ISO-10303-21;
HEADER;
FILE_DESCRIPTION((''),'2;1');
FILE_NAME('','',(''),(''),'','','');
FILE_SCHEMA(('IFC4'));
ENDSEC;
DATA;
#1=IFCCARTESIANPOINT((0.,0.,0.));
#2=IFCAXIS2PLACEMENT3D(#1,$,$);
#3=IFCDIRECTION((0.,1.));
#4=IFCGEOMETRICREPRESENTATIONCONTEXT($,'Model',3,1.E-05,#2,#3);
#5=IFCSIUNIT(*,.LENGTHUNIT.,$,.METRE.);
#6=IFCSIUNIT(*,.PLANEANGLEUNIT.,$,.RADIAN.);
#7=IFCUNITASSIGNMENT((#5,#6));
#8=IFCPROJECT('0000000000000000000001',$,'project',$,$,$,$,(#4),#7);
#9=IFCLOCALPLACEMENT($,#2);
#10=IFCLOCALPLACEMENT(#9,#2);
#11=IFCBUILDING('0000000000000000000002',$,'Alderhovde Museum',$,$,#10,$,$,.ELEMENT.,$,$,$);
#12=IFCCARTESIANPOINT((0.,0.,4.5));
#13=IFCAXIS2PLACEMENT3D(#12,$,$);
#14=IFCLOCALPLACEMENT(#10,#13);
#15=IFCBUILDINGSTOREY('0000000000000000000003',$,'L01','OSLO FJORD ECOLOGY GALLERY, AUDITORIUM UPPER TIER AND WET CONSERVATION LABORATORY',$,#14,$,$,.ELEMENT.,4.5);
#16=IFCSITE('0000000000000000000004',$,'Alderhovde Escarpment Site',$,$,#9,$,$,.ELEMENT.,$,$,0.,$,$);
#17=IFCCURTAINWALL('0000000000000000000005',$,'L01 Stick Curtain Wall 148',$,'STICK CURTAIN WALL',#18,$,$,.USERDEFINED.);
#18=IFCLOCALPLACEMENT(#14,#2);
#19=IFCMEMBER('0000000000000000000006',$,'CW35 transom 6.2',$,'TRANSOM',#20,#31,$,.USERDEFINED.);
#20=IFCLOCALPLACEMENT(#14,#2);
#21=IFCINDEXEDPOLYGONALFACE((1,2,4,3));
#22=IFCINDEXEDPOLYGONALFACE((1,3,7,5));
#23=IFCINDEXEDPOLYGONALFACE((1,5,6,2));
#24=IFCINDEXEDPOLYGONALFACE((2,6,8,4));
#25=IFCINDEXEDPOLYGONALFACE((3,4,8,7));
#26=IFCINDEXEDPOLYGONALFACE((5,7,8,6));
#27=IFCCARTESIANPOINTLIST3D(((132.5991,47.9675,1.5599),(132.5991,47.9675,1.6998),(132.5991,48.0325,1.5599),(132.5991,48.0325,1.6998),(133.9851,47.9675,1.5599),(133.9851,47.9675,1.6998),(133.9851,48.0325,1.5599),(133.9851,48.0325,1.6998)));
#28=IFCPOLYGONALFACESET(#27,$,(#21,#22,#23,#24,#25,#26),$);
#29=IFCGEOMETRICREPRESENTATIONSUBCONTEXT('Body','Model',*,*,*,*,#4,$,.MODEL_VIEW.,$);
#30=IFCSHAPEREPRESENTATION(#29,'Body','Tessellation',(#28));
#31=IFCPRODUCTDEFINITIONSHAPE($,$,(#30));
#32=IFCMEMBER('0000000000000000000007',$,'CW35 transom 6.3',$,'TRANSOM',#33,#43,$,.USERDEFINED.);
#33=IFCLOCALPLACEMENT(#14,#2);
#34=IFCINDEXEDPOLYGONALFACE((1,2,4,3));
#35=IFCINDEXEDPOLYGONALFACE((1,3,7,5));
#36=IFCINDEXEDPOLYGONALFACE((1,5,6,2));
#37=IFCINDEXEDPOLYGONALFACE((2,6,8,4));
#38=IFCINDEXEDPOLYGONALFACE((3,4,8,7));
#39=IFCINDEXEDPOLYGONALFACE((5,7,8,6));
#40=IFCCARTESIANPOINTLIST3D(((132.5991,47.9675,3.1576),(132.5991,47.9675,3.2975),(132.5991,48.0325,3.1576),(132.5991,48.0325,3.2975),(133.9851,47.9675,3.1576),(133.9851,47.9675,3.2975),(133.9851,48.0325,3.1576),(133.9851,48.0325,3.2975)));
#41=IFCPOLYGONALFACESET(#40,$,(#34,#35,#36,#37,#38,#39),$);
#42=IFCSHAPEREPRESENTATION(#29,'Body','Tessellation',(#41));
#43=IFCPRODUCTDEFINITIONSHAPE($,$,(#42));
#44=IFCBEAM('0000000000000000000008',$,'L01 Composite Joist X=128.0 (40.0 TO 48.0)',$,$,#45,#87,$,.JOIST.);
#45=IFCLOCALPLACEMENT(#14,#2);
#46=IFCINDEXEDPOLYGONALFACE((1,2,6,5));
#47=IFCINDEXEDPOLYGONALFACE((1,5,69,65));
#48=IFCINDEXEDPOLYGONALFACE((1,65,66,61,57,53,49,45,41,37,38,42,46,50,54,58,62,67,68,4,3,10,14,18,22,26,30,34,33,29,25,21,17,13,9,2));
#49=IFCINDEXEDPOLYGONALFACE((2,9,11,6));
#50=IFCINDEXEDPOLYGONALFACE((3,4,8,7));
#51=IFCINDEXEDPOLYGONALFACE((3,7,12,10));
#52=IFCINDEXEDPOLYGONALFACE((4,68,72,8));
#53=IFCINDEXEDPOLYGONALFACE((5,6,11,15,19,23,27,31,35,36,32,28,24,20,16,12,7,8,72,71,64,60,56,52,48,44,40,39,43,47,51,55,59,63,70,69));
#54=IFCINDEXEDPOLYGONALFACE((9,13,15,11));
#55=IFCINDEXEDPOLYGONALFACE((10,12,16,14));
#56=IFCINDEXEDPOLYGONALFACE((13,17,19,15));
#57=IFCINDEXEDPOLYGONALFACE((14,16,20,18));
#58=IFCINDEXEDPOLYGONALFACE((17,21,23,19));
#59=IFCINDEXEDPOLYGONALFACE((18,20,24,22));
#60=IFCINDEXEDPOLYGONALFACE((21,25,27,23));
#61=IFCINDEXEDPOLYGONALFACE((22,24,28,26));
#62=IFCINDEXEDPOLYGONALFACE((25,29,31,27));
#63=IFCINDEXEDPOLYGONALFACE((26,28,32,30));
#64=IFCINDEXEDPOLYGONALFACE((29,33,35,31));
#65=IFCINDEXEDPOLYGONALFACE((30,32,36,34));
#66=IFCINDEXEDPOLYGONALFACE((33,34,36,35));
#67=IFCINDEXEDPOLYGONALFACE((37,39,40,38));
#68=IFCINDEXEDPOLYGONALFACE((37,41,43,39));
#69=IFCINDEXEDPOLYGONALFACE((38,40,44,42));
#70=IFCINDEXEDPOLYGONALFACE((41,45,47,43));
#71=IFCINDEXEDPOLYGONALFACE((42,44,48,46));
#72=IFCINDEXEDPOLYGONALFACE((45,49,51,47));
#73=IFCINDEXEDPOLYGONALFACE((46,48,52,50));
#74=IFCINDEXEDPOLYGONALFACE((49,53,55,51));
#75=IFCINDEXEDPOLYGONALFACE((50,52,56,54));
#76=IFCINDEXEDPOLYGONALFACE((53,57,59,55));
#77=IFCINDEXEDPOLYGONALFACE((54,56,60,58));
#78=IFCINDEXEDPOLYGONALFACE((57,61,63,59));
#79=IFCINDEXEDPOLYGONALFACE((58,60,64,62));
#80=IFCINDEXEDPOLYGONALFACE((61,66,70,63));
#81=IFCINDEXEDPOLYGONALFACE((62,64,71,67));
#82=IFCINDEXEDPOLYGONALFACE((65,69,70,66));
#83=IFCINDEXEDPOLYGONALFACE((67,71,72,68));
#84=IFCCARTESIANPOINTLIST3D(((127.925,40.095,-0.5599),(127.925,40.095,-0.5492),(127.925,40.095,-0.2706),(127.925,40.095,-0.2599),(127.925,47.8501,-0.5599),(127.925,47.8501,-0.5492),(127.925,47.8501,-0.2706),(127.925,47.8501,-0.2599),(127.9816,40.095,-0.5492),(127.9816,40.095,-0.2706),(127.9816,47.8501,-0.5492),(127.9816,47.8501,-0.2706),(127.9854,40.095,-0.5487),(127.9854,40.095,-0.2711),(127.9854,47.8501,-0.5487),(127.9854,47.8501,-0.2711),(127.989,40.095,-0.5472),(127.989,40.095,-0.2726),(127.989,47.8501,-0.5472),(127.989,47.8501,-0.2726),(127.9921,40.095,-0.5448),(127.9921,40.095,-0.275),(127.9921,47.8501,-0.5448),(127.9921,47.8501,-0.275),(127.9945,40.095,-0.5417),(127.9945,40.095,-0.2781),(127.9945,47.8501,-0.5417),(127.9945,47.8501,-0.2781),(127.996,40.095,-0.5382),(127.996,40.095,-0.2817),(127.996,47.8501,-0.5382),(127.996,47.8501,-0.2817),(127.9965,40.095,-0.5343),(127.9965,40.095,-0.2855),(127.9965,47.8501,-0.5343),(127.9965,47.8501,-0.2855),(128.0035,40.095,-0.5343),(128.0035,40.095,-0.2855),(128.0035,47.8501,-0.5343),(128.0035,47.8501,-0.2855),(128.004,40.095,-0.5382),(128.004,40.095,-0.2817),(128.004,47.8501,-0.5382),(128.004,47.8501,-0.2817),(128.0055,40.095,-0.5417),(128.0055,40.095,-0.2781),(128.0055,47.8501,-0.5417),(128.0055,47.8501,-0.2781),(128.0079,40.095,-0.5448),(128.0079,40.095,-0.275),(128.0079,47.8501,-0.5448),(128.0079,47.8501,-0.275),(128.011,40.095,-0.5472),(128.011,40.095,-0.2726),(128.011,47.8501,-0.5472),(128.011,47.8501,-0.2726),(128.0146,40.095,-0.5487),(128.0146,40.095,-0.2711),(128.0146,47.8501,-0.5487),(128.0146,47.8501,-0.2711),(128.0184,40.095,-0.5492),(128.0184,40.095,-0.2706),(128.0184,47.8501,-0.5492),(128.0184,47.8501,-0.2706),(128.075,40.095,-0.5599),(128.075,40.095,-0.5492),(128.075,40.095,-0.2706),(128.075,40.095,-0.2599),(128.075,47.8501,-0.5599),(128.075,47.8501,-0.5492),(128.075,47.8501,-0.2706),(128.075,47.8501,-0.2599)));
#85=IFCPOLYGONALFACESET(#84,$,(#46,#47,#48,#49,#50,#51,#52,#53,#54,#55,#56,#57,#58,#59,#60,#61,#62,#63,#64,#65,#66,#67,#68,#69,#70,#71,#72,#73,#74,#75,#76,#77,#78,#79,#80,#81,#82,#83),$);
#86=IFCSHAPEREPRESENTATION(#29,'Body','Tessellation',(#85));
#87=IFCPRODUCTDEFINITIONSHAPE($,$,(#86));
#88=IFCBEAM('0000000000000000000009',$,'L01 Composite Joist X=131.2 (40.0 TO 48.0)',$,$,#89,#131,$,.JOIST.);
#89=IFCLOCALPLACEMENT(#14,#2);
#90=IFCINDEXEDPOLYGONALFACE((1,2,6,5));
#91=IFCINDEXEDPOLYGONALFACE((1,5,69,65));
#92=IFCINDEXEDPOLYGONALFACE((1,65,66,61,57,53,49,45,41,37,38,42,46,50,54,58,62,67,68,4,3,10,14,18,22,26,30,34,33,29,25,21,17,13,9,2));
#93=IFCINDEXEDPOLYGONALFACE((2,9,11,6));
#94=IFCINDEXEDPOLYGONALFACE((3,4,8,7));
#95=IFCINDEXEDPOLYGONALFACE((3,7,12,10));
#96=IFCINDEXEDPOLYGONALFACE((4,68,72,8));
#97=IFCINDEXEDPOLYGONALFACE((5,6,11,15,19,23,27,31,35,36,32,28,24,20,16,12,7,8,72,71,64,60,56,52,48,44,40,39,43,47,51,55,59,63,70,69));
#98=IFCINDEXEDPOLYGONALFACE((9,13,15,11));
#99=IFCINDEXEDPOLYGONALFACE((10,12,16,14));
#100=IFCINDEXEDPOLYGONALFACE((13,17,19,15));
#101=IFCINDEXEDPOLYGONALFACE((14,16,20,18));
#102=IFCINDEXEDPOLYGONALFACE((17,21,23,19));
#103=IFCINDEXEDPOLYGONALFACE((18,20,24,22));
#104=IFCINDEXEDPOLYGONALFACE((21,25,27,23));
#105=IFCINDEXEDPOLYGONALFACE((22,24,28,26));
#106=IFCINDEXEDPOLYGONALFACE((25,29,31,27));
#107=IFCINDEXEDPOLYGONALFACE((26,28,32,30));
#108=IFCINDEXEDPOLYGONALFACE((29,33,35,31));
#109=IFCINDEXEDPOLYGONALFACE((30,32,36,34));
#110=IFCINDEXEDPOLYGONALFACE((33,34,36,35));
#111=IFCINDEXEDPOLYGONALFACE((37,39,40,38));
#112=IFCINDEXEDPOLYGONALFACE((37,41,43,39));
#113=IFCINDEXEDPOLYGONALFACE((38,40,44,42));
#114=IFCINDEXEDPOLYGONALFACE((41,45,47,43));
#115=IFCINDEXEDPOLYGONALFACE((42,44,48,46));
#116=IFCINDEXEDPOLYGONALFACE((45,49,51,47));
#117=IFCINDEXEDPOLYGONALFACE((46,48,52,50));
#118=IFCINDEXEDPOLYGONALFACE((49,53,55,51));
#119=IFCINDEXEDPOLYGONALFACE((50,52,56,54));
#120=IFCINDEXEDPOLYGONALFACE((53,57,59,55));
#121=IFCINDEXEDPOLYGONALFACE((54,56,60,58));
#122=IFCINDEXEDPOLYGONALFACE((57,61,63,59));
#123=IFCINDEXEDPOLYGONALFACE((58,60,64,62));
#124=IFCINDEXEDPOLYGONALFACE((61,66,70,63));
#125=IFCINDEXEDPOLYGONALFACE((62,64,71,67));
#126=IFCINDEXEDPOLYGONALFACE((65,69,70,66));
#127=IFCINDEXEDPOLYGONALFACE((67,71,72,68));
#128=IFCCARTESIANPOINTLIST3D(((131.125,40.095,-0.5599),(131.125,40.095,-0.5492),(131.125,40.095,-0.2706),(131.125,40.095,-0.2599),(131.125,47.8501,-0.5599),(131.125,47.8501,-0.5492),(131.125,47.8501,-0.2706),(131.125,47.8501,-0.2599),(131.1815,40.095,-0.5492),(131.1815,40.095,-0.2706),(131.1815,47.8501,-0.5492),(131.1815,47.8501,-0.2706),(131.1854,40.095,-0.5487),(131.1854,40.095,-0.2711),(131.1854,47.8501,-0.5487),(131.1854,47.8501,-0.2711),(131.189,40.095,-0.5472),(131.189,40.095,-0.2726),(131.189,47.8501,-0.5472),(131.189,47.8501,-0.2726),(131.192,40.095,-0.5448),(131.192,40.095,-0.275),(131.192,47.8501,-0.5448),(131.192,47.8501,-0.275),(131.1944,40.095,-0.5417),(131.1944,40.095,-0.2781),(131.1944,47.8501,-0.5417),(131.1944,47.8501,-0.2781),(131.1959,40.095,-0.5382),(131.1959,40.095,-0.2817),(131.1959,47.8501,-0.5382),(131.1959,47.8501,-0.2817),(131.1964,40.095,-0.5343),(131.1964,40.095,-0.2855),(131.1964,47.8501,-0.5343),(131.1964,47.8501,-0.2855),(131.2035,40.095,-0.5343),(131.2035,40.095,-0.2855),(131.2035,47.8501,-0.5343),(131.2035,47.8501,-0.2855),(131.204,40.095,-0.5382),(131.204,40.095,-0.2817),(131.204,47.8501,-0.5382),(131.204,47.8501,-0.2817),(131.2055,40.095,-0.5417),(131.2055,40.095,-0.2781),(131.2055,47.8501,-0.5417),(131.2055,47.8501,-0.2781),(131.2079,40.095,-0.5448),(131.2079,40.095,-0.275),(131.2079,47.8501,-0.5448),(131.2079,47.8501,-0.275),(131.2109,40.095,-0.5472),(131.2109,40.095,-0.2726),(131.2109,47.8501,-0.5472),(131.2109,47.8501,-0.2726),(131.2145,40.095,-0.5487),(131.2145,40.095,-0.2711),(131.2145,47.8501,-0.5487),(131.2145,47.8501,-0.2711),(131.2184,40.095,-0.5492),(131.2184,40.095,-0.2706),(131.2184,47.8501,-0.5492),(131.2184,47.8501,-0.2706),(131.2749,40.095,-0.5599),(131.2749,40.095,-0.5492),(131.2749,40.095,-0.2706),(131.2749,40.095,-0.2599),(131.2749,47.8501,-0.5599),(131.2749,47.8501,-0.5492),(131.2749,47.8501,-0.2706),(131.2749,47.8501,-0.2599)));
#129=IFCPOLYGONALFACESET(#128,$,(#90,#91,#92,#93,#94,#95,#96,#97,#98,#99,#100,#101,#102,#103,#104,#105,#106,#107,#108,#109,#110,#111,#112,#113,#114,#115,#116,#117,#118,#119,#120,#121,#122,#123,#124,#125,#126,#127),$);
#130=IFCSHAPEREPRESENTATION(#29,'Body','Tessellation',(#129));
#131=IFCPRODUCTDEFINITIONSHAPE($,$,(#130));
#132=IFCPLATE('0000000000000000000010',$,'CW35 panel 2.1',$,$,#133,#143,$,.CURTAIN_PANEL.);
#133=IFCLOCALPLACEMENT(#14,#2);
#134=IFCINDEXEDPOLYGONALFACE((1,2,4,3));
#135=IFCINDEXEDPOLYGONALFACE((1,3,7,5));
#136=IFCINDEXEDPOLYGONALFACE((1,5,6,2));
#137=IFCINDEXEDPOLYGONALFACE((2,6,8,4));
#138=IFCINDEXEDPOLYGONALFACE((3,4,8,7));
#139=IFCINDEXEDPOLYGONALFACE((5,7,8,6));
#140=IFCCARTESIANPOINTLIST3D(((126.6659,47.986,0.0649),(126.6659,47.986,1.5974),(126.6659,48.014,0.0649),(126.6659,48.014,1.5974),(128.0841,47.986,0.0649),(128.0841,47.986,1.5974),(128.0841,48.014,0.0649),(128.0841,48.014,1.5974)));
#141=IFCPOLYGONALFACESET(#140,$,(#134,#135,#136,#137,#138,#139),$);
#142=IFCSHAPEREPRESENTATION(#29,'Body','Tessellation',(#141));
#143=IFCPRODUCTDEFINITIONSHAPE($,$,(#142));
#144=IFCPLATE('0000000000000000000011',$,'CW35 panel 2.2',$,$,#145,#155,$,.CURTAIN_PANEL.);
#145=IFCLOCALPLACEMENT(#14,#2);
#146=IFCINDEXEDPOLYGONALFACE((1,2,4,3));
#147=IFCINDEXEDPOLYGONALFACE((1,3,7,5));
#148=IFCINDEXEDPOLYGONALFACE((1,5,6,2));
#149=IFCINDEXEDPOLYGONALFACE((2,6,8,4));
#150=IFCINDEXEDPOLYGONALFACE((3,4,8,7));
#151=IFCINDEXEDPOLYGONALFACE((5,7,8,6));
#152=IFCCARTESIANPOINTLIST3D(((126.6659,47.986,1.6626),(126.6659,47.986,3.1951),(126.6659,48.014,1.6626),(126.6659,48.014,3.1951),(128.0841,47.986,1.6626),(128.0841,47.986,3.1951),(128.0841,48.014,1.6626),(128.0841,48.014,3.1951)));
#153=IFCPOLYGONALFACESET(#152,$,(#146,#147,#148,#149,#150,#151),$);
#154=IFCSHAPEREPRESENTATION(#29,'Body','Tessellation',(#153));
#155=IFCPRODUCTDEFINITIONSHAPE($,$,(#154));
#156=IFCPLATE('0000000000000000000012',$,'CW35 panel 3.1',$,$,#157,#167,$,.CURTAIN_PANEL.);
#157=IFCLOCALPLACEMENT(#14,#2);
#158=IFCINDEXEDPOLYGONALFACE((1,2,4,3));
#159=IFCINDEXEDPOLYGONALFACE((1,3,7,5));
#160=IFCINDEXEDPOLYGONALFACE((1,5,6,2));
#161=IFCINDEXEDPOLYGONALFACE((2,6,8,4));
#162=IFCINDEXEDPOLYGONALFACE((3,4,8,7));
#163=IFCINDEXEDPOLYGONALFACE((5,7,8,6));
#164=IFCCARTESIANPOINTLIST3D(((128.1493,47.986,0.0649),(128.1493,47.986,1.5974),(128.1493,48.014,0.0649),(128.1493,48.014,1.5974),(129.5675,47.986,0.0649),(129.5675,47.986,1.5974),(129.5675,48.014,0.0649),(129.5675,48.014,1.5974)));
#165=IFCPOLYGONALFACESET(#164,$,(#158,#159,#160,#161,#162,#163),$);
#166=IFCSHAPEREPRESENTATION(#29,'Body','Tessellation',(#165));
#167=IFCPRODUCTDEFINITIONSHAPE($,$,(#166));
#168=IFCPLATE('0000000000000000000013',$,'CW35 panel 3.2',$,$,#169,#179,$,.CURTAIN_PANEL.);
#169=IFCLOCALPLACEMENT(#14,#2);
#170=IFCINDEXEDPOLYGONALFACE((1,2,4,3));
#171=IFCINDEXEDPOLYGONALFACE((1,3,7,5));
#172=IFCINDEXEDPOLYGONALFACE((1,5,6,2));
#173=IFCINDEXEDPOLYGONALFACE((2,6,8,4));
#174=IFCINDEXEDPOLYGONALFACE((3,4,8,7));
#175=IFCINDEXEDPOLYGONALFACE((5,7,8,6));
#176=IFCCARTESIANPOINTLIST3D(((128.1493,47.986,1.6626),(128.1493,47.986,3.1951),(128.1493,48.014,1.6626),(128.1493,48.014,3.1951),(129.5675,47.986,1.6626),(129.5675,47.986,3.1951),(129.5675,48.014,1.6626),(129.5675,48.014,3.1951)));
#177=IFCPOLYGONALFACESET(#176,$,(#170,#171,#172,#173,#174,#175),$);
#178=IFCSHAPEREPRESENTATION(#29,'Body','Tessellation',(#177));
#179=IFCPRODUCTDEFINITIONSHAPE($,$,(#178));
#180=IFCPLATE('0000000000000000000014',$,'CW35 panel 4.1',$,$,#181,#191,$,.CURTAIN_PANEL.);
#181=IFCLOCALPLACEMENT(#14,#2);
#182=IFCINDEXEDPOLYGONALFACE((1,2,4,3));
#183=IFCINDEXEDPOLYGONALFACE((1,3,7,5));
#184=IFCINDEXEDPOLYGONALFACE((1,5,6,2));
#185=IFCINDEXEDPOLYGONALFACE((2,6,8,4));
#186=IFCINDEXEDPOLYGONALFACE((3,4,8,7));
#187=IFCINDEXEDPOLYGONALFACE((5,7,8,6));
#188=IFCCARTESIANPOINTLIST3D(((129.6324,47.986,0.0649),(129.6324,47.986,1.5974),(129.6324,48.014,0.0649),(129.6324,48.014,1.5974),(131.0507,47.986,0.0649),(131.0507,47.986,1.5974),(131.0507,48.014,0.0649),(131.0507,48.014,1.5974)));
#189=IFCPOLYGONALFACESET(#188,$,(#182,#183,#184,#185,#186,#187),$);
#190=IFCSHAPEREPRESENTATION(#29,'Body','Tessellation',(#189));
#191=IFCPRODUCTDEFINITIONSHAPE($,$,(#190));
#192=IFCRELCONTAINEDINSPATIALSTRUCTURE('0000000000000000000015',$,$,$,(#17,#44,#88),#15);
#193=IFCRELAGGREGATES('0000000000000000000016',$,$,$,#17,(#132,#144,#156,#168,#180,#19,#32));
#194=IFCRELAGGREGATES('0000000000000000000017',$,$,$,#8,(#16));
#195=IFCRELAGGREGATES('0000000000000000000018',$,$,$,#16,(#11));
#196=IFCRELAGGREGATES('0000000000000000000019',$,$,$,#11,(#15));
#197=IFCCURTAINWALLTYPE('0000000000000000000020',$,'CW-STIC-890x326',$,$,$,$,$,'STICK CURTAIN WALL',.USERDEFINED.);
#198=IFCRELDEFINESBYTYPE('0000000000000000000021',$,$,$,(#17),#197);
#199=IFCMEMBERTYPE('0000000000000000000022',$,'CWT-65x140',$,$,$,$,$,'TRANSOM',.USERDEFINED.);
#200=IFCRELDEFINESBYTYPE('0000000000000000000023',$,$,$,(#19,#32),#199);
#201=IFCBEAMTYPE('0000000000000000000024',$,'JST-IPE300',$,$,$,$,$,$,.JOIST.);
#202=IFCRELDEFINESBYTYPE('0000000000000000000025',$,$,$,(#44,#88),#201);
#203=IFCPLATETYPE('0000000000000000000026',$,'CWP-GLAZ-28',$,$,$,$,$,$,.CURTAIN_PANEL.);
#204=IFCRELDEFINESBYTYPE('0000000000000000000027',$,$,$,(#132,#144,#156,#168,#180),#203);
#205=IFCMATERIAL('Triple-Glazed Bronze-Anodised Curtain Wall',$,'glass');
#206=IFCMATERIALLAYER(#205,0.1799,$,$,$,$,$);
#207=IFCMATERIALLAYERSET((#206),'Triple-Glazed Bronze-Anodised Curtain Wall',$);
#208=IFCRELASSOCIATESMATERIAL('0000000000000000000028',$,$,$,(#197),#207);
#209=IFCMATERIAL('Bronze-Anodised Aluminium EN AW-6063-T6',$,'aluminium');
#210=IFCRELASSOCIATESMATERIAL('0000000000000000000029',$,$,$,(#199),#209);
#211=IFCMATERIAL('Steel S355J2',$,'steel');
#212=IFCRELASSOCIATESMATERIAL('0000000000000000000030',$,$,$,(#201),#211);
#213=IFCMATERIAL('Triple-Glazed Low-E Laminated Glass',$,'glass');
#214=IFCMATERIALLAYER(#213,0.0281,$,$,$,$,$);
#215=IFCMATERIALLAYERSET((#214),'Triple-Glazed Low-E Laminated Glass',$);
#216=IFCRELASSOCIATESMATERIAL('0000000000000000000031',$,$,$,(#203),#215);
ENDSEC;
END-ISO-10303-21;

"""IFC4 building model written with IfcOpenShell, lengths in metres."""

from ifc_helpers import new_model, si_unit, direction, frame, origin, origin_2d, place, context, subcontext, project, spatial, rectangle, i_section, extrude, material, layer, layer_set, material_profile, profile_set, type_object, element, aggregate, save


model = new_model("IFC4")

# Units and contexts
model_context = context("Model", 3, precision=1e-05, world=origin(), true_north=direction((0.0, 1.0)))
body_context = subcontext(model_context, "Body", "Model", "MODEL_VIEW")
ifc_project = project(units=[si_unit("LENGTHUNIT", "METRE"), si_unit("PLANEANGLEUNIT", "RADIAN")], contexts=[model_context])

# Site, building, storey
site_placement = place(None, origin())
site = spatial("IfcSite", under=ifc_project, at=site_placement, Name="Alderhovde Escarpment Site", CompositionType="ELEMENT", RefElevation=0.0)
building_placement = place(site_placement, origin())
building = spatial("IfcBuilding", under=site, at=building_placement, Name="Alderhovde Museum", CompositionType="ELEMENT")
storey_placement = place(building_placement, frame((0.0, 0.0, 4.5)))
storey = spatial("IfcBuildingStorey", under=building, at=storey_placement, Name="L01", Description="OSLO FJORD ECOLOGY GALLERY, AUDITORIUM UPPER TIER AND WET CONSERVATION LABORATORY", CompositionType="ELEMENT", Elevation=4.5)

# Curtain wall, members
ifc_material_1 = material(Name="Triple-Glazed Bronze-Anodised Curtain Wall", Category="glass")
ifc_layer_1 = layer(ifc_material_1, 0.1799)
ifc_layer_set_1 = layer_set([ifc_layer_1], Name="Triple-Glazed Bronze-Anodised Curtain Wall")
curtain_wall_type = type_object("IfcCurtainWallType", Name="CW-STIC-890x326", ElementType="STICK CURTAIN WALL", PredefinedType="USERDEFINED", material=ifc_layer_set_1)
curtain_wall_placement = place(storey_placement, origin())
curtain_wall = element("IfcCurtainWall", 1, at=curtain_wall_placement, inside=storey, type_object=curtain_wall_type, Name="L01 Stick Curtain Wall 148", ObjectType="STICK CURTAIN WALL", PredefinedType="USERDEFINED")
ifc_material_2 = material(Name="Bronze-Anodised Aluminium EN AW-6063-T6", Category="aluminium")
ifc_material_profile_1 = material_profile(ifc_material_2, rectangle(XDim=0.0649, YDim=0.1399, at=origin_2d()), Name="TRANSOM 65x140")
ifc_profile_set_1 = profile_set([ifc_material_profile_1], Name="Bronze-Anodised Aluminium EN AW-6063-T6")
member_type_1 = type_object("IfcMemberType", Name="CWT-65x140", ElementType="TRANSOM", PredefinedType="USERDEFINED", material=ifc_profile_set_1)
member_1_placement = place(storey_placement, frame((132.5991, 48.0, 1.6299), z_axis=(1.0, 0.0, 0.0), x_axis=(0.0, 1.0, 0.0)))
member_1 = element("IfcMember", 2, at=member_1_placement, type_object=member_type_1, Name="CW35 transom 6.2", ObjectType="TRANSOM", PredefinedType="USERDEFINED", context=body_context, shape_type="SweptSolid", body=[
    extrude(rectangle(XDim=0.0649, YDim=0.1399, at=origin_2d()), origin(), (0.0, 0.0, 1.0), 1.386),
])
member_2_placement = place(storey_placement, frame((132.5991, 48.0, 3.2275), z_axis=(1.0, 0.0, 0.0), x_axis=(0.0, 1.0, 0.0)))
member_2 = element("IfcMember", 3, at=member_2_placement, type_object=member_type_1, Name="CW35 transom 6.3", ObjectType="TRANSOM", PredefinedType="USERDEFINED", context=body_context, shape_type="SweptSolid", body=[
    extrude(rectangle(XDim=0.0649, YDim=0.1399, at=origin_2d()), origin(), (0.0, 0.0, 1.0), 1.386),
])

# Beams
ifc_material_3 = material(Name="Steel S355J2", Category="steel")
ifc_material_profile_2 = material_profile(ifc_material_3, i_section(OverallWidth=0.1499, OverallDepth=0.3, WebThickness=0.0071, FlangeThickness=0.0107, FilletRadius=0.0149, at=origin_2d()), Name="IPE 300")
ifc_profile_set_2 = profile_set([ifc_material_profile_2], Name="Steel S355J2")
beam_type = type_object("IfcBeamType", Name="JST-IPE300", PredefinedType="JOIST", material=ifc_profile_set_2)
for number, where, z_axis, x_axis, name in (
    (4, (128.0, 40.095, -0.4099), (0.0, 1.0, 0.0), (-1.0, 0.0, 0.0), "L01 Composite Joist X=128.0 (40.0 TO 48.0)"),
    (5, (131.2, 40.095, -0.4099), (0.0, 1.0, 0.0), (-1.0, 0.0, 0.0), "L01 Composite Joist X=131.2 (40.0 TO 48.0)"),
):
    element("IfcBeam", number, at=place(storey_placement, frame(where, z_axis=z_axis, x_axis=x_axis)), inside=storey, type_object=beam_type, Name=name, PredefinedType="JOIST", context=body_context, shape_type="SweptSolid", body=[
        extrude(i_section(OverallWidth=0.1499, OverallDepth=0.3, WebThickness=0.0071, FlangeThickness=0.0107, FilletRadius=0.0149, at=origin_2d()), origin(), (0.0, 0.0, 1.0), 7.7551),
    ])

# Plates
ifc_material_4 = material(Name="Triple-Glazed Low-E Laminated Glass", Category="glass")
ifc_layer_2 = layer(ifc_material_4, 0.0281)
ifc_layer_set_2 = layer_set([ifc_layer_2], Name="Triple-Glazed Low-E Laminated Glass")
plate_type = type_object("IfcPlateType", Name="CWP-GLAZ-28", PredefinedType="CURTAIN_PANEL", material=ifc_layer_set_2)
plate_1_placement = place(storey_placement, frame((127.375, 48.0, 0.0649), z_axis=(0.0, 0.0, 1.0), x_axis=(1.0, 0.0, 0.0)))
plate_1 = element("IfcPlate", 6, at=plate_1_placement, type_object=plate_type, Name="CW35 panel 2.1", PredefinedType="CURTAIN_PANEL", context=body_context, shape_type="SweptSolid", body=[
    extrude(rectangle(XDim=1.4182, YDim=0.0281, at=origin_2d()), origin(), (0.0, 0.0, 1.0), 1.5325),
])
plate_2_placement = place(storey_placement, frame((127.375, 48.0, 1.6626), z_axis=(0.0, 0.0, 1.0), x_axis=(1.0, 0.0, 0.0)))
plate_2 = element("IfcPlate", 7, at=plate_2_placement, type_object=plate_type, Name="CW35 panel 2.2", PredefinedType="CURTAIN_PANEL", context=body_context, shape_type="SweptSolid", body=[
    extrude(rectangle(XDim=1.4182, YDim=0.0281, at=origin_2d()), origin(), (0.0, 0.0, 1.0), 1.5325),
])
plate_3_placement = place(storey_placement, frame((128.8584, 48.0, 0.0649), z_axis=(0.0, 0.0, 1.0), x_axis=(1.0, 0.0, 0.0)))
plate_3 = element("IfcPlate", 8, at=plate_3_placement, type_object=plate_type, Name="CW35 panel 3.1", PredefinedType="CURTAIN_PANEL", context=body_context, shape_type="SweptSolid", body=[
    extrude(rectangle(XDim=1.4182, YDim=0.0281, at=origin_2d()), origin(), (0.0, 0.0, 1.0), 1.5325),
])
plate_4_placement = place(storey_placement, frame((128.8584, 48.0, 1.6626), z_axis=(0.0, 0.0, 1.0), x_axis=(1.0, 0.0, 0.0)))
plate_4 = element("IfcPlate", 9, at=plate_4_placement, type_object=plate_type, Name="CW35 panel 3.2", PredefinedType="CURTAIN_PANEL", context=body_context, shape_type="SweptSolid", body=[
    extrude(rectangle(XDim=1.4182, YDim=0.0281, at=origin_2d()), origin(), (0.0, 0.0, 1.0), 1.5325),
])
plate_5_placement = place(storey_placement, frame((130.3416, 48.0, 0.0649), z_axis=(0.0, 0.0, 1.0), x_axis=(1.0, 0.0, 0.0)))
plate_5 = element("IfcPlate", 10, at=plate_5_placement, type_object=plate_type, Name="CW35 panel 4.1", PredefinedType="CURTAIN_PANEL", context=body_context, shape_type="SweptSolid", body=[
    extrude(rectangle(XDim=1.4182, YDim=0.0281, at=origin_2d()), origin(), (0.0, 0.0, 1.0), 1.5325),
])
aggregate(curtain_wall, [plate_1, plate_2, plate_3, plate_4, plate_5, member_1, member_2])

save(model, "model.ifc")
